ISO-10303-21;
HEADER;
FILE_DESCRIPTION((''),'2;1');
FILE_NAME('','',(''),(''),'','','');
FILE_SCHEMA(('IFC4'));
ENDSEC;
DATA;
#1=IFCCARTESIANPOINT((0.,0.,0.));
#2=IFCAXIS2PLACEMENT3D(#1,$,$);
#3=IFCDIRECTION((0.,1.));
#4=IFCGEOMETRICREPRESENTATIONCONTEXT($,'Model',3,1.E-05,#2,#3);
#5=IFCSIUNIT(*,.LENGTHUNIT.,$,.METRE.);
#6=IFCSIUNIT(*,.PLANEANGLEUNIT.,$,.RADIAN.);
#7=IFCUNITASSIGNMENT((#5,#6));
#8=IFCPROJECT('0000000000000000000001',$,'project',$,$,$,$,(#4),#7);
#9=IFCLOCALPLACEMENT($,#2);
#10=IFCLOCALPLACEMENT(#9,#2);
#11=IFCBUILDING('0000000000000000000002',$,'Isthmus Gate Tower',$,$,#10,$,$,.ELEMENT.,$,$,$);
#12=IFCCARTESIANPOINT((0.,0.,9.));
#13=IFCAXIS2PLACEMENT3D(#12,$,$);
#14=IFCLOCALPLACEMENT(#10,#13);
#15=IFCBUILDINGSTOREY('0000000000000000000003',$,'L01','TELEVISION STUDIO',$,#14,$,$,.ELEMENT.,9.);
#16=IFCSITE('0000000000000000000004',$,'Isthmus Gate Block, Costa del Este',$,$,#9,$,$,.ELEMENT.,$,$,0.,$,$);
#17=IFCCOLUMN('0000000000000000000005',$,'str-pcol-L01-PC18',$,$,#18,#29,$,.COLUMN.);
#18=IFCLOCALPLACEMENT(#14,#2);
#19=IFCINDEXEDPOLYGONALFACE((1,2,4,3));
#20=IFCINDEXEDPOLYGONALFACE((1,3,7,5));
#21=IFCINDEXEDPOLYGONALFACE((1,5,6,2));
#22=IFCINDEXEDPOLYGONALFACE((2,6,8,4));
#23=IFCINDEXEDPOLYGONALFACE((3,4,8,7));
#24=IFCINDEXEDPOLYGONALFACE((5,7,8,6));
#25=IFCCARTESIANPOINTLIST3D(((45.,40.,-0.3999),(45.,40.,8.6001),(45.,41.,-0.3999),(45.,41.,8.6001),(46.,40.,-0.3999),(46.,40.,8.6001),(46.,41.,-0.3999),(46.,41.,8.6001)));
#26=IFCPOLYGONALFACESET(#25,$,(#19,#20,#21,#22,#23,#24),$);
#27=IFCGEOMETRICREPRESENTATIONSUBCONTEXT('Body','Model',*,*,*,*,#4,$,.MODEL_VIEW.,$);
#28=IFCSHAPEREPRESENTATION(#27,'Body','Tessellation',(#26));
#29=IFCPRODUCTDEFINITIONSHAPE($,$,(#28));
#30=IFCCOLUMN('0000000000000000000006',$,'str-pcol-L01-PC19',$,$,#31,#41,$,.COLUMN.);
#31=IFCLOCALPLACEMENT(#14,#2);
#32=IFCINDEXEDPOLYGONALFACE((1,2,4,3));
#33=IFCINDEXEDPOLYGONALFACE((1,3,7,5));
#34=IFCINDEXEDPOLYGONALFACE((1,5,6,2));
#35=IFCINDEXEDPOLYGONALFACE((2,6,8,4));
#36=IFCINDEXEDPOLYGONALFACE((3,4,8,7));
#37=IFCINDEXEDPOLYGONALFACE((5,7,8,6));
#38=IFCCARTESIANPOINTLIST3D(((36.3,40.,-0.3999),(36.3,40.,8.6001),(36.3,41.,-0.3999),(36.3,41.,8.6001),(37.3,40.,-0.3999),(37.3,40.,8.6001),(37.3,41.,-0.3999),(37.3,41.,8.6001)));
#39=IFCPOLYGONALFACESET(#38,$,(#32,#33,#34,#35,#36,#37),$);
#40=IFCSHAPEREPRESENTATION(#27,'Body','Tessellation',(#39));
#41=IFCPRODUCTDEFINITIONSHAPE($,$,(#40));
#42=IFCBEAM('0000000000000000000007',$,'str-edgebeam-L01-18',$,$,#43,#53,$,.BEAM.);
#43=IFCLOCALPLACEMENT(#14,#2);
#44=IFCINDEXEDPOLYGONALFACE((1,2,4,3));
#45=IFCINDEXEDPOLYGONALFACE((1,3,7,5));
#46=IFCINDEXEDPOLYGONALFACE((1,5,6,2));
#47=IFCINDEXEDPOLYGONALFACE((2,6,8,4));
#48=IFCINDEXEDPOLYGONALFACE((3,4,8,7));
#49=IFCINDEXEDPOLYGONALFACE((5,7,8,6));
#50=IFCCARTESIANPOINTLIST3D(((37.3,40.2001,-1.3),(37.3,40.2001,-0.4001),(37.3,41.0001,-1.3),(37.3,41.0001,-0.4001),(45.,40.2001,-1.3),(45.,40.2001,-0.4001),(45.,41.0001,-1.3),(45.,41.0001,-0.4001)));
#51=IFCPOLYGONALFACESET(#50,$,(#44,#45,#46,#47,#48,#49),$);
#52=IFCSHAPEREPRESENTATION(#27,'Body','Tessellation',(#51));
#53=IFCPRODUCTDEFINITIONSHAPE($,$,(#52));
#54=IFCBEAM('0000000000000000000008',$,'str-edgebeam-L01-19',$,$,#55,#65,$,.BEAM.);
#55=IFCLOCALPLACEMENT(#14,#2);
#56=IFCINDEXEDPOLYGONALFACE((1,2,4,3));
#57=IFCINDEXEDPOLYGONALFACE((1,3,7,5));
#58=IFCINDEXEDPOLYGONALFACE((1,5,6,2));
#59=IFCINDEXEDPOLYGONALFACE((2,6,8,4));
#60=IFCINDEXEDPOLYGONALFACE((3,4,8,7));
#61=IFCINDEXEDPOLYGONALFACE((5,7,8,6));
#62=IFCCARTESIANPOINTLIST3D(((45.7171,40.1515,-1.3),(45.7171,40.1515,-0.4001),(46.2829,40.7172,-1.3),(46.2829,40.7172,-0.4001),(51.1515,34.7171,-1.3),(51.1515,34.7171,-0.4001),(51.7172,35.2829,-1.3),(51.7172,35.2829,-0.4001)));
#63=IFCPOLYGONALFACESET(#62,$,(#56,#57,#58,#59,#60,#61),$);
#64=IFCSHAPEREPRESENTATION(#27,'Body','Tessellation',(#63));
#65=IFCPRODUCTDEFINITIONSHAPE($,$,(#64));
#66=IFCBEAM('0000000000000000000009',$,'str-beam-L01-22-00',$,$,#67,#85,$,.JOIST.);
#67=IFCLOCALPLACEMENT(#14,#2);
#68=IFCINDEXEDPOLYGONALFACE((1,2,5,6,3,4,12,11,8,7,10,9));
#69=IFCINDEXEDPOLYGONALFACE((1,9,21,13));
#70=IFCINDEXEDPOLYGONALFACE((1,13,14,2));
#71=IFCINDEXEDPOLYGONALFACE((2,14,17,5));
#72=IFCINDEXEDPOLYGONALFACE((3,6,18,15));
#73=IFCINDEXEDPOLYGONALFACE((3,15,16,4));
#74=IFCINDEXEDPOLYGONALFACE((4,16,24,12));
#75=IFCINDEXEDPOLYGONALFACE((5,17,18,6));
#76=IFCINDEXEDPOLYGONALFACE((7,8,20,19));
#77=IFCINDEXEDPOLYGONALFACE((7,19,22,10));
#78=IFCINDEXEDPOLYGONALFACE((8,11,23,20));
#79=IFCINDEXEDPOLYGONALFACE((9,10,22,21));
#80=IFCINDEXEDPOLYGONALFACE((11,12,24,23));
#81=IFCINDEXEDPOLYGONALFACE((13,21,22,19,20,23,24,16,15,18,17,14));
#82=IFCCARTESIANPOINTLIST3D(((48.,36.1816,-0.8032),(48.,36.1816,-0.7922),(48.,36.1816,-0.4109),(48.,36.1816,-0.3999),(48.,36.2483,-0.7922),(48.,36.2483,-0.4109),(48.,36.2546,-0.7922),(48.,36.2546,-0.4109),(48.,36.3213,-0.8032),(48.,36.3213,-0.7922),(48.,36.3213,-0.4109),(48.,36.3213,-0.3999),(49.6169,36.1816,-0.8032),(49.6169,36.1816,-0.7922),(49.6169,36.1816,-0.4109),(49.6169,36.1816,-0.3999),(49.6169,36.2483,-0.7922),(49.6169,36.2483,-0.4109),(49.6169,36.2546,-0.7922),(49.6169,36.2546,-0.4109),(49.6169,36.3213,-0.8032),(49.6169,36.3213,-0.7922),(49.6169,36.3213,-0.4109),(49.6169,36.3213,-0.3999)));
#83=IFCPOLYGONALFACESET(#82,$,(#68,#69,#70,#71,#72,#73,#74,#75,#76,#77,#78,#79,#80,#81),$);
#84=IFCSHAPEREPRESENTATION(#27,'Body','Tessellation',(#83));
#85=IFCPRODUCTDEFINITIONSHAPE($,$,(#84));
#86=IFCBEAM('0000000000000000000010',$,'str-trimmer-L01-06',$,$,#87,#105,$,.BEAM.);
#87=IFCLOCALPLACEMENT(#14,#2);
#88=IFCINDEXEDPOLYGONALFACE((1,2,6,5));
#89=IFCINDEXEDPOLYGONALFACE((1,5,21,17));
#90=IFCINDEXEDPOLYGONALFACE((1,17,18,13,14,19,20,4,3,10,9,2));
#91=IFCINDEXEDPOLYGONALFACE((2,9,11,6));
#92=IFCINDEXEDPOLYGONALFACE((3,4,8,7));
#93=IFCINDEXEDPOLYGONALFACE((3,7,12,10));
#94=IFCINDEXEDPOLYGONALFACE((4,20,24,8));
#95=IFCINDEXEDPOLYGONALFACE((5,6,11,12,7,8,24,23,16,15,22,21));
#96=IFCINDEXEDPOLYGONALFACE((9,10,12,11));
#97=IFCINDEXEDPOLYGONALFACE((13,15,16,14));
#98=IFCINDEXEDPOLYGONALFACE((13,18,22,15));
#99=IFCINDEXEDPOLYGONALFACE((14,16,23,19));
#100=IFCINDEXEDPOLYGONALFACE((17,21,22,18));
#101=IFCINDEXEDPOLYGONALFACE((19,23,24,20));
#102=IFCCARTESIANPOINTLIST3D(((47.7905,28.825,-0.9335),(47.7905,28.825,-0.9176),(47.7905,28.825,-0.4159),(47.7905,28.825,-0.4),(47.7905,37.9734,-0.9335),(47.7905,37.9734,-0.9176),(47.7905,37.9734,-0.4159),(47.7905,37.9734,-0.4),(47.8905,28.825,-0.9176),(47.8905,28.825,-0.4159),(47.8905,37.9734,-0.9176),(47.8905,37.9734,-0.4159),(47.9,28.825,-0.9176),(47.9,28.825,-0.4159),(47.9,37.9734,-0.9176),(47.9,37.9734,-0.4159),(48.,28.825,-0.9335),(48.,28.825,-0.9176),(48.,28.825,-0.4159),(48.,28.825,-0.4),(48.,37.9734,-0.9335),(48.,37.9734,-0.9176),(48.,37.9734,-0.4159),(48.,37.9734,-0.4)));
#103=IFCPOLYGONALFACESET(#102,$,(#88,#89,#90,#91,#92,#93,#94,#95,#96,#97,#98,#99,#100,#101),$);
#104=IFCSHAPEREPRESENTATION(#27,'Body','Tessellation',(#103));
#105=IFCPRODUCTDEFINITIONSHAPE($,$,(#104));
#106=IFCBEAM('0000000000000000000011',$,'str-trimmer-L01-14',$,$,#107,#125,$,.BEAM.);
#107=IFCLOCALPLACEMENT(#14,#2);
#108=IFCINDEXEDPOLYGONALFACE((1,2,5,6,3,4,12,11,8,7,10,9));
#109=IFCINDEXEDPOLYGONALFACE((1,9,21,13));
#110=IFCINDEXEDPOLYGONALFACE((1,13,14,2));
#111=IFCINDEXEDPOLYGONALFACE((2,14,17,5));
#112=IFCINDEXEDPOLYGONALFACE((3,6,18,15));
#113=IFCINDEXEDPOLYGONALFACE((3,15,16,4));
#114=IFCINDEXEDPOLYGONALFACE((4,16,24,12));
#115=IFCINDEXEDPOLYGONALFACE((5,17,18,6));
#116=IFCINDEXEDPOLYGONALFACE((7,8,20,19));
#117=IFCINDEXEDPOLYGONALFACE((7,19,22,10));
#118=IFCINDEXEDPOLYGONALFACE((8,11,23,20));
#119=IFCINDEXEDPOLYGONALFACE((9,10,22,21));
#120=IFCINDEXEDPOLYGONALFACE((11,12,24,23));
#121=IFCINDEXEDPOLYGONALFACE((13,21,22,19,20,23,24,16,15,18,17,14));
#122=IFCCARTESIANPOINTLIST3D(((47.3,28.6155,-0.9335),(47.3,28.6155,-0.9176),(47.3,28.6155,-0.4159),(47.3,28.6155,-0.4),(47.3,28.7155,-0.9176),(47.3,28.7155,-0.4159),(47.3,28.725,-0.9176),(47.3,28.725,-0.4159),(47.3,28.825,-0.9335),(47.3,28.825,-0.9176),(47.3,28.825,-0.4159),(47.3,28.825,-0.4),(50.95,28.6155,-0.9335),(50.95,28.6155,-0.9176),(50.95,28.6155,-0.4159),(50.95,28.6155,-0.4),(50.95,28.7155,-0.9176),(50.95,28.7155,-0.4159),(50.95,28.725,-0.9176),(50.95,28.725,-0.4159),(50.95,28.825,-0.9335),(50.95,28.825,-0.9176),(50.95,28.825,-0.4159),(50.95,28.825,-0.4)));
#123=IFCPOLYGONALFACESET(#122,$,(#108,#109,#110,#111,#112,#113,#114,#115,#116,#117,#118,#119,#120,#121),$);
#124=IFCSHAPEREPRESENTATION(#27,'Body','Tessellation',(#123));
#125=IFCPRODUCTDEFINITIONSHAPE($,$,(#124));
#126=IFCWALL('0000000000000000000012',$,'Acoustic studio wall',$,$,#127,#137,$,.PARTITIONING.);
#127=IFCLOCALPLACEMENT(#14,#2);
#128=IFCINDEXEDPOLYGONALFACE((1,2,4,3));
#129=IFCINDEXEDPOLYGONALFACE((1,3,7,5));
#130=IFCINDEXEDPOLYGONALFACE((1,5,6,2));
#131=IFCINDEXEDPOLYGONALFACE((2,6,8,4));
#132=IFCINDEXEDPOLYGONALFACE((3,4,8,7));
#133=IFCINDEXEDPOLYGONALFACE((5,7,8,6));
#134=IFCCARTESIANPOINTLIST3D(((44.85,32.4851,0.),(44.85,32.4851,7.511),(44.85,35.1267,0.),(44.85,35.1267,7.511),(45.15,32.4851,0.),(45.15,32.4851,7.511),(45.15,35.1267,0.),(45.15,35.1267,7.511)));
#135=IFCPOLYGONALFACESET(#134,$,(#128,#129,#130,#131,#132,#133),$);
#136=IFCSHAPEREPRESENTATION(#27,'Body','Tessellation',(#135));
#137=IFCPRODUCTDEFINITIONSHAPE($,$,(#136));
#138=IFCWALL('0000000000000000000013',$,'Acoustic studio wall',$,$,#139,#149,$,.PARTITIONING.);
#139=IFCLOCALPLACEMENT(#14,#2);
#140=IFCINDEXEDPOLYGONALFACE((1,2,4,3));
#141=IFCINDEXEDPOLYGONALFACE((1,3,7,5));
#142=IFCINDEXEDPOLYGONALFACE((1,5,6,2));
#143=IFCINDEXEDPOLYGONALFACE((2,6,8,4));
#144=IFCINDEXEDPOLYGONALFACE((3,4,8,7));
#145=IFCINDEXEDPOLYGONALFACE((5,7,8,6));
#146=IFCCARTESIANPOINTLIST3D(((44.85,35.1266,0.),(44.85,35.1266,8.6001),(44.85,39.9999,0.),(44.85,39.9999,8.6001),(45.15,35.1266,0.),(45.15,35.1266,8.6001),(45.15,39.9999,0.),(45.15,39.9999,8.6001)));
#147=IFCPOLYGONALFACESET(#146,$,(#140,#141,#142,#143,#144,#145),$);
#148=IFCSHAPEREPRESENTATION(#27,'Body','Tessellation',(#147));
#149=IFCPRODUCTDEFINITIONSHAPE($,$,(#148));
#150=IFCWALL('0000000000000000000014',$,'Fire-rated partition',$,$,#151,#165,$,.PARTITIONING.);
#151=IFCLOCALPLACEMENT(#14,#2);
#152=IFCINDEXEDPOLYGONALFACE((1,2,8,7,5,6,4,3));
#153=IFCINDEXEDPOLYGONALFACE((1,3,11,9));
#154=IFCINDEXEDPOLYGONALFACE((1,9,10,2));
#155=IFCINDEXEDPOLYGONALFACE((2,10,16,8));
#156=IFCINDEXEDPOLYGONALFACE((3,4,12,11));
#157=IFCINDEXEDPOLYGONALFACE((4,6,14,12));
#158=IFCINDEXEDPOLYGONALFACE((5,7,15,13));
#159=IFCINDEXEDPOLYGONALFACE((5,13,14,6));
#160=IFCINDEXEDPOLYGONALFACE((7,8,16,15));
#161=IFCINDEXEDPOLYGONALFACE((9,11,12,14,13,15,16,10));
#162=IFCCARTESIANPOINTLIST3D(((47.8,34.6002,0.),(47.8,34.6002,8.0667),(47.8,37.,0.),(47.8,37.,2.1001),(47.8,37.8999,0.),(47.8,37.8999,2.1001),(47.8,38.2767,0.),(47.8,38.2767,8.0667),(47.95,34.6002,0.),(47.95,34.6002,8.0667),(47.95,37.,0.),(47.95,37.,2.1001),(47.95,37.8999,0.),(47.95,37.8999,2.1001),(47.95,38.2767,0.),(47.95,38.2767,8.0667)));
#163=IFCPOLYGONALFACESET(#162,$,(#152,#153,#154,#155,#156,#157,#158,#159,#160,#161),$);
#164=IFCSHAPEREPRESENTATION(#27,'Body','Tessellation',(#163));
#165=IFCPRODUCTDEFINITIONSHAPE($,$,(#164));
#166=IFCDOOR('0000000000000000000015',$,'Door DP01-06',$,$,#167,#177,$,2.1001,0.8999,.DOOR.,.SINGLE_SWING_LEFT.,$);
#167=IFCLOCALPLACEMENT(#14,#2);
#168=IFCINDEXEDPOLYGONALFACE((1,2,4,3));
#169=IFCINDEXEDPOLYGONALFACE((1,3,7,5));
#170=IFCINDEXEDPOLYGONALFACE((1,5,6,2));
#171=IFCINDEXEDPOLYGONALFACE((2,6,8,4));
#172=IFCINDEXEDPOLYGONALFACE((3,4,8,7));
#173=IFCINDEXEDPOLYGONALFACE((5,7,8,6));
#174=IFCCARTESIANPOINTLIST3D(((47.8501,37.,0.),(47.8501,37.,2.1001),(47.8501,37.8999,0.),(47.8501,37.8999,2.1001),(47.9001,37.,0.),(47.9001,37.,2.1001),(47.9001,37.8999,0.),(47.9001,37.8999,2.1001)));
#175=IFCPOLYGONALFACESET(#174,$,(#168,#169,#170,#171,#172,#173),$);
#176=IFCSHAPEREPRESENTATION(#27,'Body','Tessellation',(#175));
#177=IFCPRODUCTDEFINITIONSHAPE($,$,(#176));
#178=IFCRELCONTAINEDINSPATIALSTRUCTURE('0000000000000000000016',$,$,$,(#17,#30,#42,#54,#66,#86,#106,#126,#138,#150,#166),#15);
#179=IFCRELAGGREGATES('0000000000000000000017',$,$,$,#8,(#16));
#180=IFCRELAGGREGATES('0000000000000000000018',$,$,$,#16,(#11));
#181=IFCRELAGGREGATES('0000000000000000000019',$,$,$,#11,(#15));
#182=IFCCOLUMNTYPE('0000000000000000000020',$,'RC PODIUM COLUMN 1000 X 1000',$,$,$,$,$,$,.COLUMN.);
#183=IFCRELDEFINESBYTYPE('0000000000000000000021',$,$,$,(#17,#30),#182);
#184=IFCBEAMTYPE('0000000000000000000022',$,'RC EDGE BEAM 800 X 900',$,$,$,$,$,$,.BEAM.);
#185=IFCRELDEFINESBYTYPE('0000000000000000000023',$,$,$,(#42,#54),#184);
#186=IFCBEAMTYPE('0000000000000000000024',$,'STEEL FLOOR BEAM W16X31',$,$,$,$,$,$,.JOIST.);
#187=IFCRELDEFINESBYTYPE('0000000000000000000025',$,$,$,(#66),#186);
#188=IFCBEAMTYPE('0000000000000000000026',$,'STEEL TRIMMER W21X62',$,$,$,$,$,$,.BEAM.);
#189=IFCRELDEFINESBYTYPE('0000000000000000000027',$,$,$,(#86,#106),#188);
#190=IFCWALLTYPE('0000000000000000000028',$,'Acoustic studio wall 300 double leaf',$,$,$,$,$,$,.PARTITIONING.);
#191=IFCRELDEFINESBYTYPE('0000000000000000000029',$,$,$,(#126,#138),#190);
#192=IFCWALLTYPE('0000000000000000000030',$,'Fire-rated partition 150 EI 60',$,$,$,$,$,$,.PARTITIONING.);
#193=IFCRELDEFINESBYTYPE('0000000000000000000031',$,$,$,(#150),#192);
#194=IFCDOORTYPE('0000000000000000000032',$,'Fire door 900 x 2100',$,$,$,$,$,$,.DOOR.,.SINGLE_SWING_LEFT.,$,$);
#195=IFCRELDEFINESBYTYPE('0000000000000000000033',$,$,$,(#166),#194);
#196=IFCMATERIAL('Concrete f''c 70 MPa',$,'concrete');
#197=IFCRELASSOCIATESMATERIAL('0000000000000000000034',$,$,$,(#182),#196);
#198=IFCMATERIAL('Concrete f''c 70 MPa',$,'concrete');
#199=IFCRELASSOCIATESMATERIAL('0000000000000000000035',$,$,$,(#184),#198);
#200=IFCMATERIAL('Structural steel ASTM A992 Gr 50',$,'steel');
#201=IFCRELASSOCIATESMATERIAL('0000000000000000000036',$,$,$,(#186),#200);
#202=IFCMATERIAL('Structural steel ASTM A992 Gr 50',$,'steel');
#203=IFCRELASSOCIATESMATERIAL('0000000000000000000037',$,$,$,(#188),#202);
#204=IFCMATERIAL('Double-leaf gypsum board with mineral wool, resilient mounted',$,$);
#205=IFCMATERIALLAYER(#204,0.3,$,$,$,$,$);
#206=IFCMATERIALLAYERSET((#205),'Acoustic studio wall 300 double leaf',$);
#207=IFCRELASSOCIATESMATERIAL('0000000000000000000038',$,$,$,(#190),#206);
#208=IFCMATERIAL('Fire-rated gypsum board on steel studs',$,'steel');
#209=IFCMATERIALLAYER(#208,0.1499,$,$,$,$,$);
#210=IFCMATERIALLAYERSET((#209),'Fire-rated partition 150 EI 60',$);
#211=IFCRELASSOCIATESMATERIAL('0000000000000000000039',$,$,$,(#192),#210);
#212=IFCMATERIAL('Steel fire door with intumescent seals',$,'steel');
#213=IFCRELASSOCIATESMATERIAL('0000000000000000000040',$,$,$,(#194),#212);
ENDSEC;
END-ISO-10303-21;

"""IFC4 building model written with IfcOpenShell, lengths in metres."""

from ifc_helpers import new_model, si_unit, direction, frame, frame_2d, origin, origin_2d, place, context, subcontext, project, spatial, rectangle, i_section, extrude, material, layer, layer_set, material_profile, profile_set, type_object, element, fill, save


model = new_model("IFC4")

# Units and contexts
model_context = context("Model", 3, precision=1e-05, world=origin(), true_north=direction((0.0, 1.0)))
body_context = subcontext(model_context, "Body", "Model", "MODEL_VIEW")
ifc_project = project(units=[si_unit("LENGTHUNIT", "METRE"), si_unit("PLANEANGLEUNIT", "RADIAN")], contexts=[model_context])

# Site, building, storey
site_placement = place(None, origin())
site = spatial("IfcSite", under=ifc_project, at=site_placement, Name="Isthmus Gate Block, Costa del Este", CompositionType="ELEMENT", RefElevation=0.0)
building_placement = place(site_placement, origin())
building = spatial("IfcBuilding", under=site, at=building_placement, Name="Isthmus Gate Tower", CompositionType="ELEMENT")
storey_placement = place(building_placement, frame((0.0, 0.0, 9.0)))
storey = spatial("IfcBuildingStorey", under=building, at=storey_placement, Name="L01", Description="TELEVISION STUDIO", CompositionType="ELEMENT", Elevation=9.0)

# Columns
ifc_material_1 = material(Name="Concrete f'c 70 MPa", Category="concrete")
ifc_material_profile_1 = material_profile(ifc_material_1, rectangle(XDim=1.0, YDim=1.0, at=origin_2d()), Name="RC 1000X1000")
ifc_profile_set_1 = profile_set([ifc_material_profile_1], Name="Concrete f'c 70 MPa")
column_type = type_object("IfcColumnType", Name="RC PODIUM COLUMN 1000 X 1000", PredefinedType="COLUMN", material=ifc_profile_set_1)
for number, where, z_axis, x_axis, name in (
    (1, (45.5, 40.5, -0.3999), (0.0, 0.0, 1.0), (-1.0, 0.0, 0.0), "str-pcol-L01-PC18"),
    (2, (36.8, 40.5, -0.3999), (0.0, 0.0, 1.0), (-1.0, 0.0, 0.0), "str-pcol-L01-PC19"),
):
    element("IfcColumn", number, at=place(storey_placement, frame(where, z_axis=z_axis, x_axis=x_axis)), inside=storey, type_object=column_type, Name=name, PredefinedType="COLUMN", context=body_context, shape_type="SweptSolid", body=[
        extrude(rectangle(XDim=1.0, YDim=1.0, at=origin_2d()), origin(), (0.0, 0.0, 1.0), 9.0),
    ])

# Beams
ifc_material_2 = material(Name="Concrete f'c 70 MPa", Category="concrete")
ifc_material_profile_2 = material_profile(ifc_material_2, rectangle(XDim=0.8, YDim=0.8999, at=origin_2d()), Name="RC 800X900")
ifc_profile_set_2 = profile_set([ifc_material_profile_2], Name="Concrete f'c 70 MPa")
beam_type_1 = type_object("IfcBeamType", Name="RC EDGE BEAM 800 X 900", PredefinedType="BEAM", material=ifc_profile_set_2)
beam_1_placement = place(storey_placement, frame((37.3, 40.6001, -0.8501), z_axis=(1.0, 0.0, 0.0), x_axis=(0.0, 1.0, 0.0)))
element("IfcBeam", 3, at=beam_1_placement, inside=storey, type_object=beam_type_1, Name="str-edgebeam-L01-18", PredefinedType="BEAM", context=body_context, shape_type="SweptSolid", body=[
    extrude(rectangle(XDim=0.8, YDim=0.8999, at=origin_2d()), origin(), (0.0, 0.0, 1.0), 7.7),
])
beam_2_placement = place(storey_placement, frame((46.0, 40.4343, -0.8501), z_axis=(0.707107, -0.707107, 0.0), x_axis=(0.707107, 0.707107, 0.0)))
element("IfcBeam", 4, at=beam_2_placement, inside=storey, type_object=beam_type_1, Name="str-edgebeam-L01-19", PredefinedType="BEAM", context=body_context, shape_type="SweptSolid", body=[
    extrude(rectangle(XDim=0.8, YDim=0.8999, at=origin_2d()), origin(), (0.0, 0.0, 1.0), 7.6853),
])
ifc_material_3 = material(Name="Structural steel ASTM A992 Gr 50", Category="steel")
ifc_material_profile_3 = material_profile(ifc_material_3, i_section(OverallWidth=0.1396, OverallDepth=0.4033, WebThickness=0.0063, FlangeThickness=0.011, at=origin_2d()), Name="W16X31")
ifc_profile_set_3 = profile_set([ifc_material_profile_3], Name="Structural steel ASTM A992 Gr 50")
beam_type_2 = type_object("IfcBeamType", Name="STEEL FLOOR BEAM W16X31", PredefinedType="JOIST", material=ifc_profile_set_3)
beam_3_placement = place(storey_placement, frame((48.0, 36.2515, -0.6016), z_axis=(1.0, 0.0, 0.0), x_axis=(0.0, 1.0, 0.0)))
element("IfcBeam", 5, at=beam_3_placement, inside=storey, type_object=beam_type_2, Name="str-beam-L01-22-00", PredefinedType="JOIST", context=body_context, shape_type="SweptSolid", body=[
    extrude(i_section(OverallWidth=0.1396, OverallDepth=0.4033, WebThickness=0.0063, FlangeThickness=0.011, at=origin_2d()), origin(), (0.0, 0.0, 1.0), 1.6169),
])
ifc_material_4 = material(Name="Structural steel ASTM A992 Gr 50", Category="steel")
ifc_material_profile_4 = material_profile(ifc_material_4, i_section(OverallWidth=0.2095, OverallDepth=0.5334, WebThickness=0.0095, FlangeThickness=0.0159, at=origin_2d()), Name="W21X62")
ifc_profile_set_4 = profile_set([ifc_material_profile_4], Name="Structural steel ASTM A992 Gr 50")
beam_type_3 = type_object("IfcBeamType", Name="STEEL TRIMMER W21X62", PredefinedType="BEAM", material=ifc_profile_set_4)
beam_4_placement = place(storey_placement, frame((47.8953, 37.9734, -0.6667), z_axis=(0.0, -1.0, 0.0), x_axis=(1.0, 0.0, 0.0)))
element("IfcBeam", 6, at=beam_4_placement, inside=storey, type_object=beam_type_3, Name="str-trimmer-L01-06", PredefinedType="BEAM", context=body_context, shape_type="SweptSolid", body=[
    extrude(i_section(OverallWidth=0.2095, OverallDepth=0.5334, WebThickness=0.0095, FlangeThickness=0.0159, at=origin_2d()), origin(), (0.0, 0.0, 1.0), 9.1484),
])
beam_5_placement = place(storey_placement, frame((47.3, 28.7202, -0.6667), z_axis=(1.0, 0.0, 0.0), x_axis=(0.0, 1.0, 0.0)))
element("IfcBeam", 7, at=beam_5_placement, inside=storey, type_object=beam_type_3, Name="str-trimmer-L01-14", PredefinedType="BEAM", context=body_context, shape_type="SweptSolid", body=[
    extrude(i_section(OverallWidth=0.2095, OverallDepth=0.5334, WebThickness=0.0095, FlangeThickness=0.0159, at=origin_2d()), origin(), (0.0, 0.0, 1.0), 3.6499),
])

# Walls
ifc_material_5 = material(Name="Double-leaf gypsum board with mineral wool, resilient mounted")
ifc_layer_1 = layer(ifc_material_5, 0.3)
ifc_layer_set_1 = layer_set([ifc_layer_1], Name="Acoustic studio wall 300 double leaf")
wall_type_1 = type_object("IfcWallType", Name="Acoustic studio wall 300 double leaf", PredefinedType="PARTITIONING", material=ifc_layer_set_1)
wall_1_placement = place(storey_placement, frame((45.0, 32.4851, 0.0), z_axis=(0.0, 0.0, 1.0), x_axis=(0.0, 1.0, 0.0)))
element("IfcWall", 8, at=wall_1_placement, inside=storey, type_object=wall_type_1, Name="Acoustic studio wall", PredefinedType="PARTITIONING", context=body_context, shape_type="SweptSolid", body=[
    extrude(rectangle(XDim=2.6416, YDim=0.3, at=frame_2d((1.3208, 0.0))), origin(), (0.0, 0.0, 1.0), 7.511),
])
wall_2_placement = place(storey_placement, frame((45.0, 35.1267, 0.0), z_axis=(0.0, 0.0, 1.0), x_axis=(0.0, 1.0, 0.0)))
element("IfcWall", 9, at=wall_2_placement, inside=storey, type_object=wall_type_1, Name="Acoustic studio wall", PredefinedType="PARTITIONING", context=body_context, shape_type="SweptSolid", body=[
    extrude(rectangle(XDim=4.8733, YDim=0.3, at=frame_2d((2.4365, 0.0))), origin(), (0.0, 0.0, 1.0), 8.6001),
])

# Wall, opening, door
ifc_material_6 = material(Name="Fire-rated gypsum board on steel studs", Category="steel")
ifc_layer_2 = layer(ifc_material_6, 0.1499)
ifc_layer_set_2 = layer_set([ifc_layer_2], Name="Fire-rated partition 150 EI 60")
wall_type_2 = type_object("IfcWallType", Name="Fire-rated partition 150 EI 60", PredefinedType="PARTITIONING", material=ifc_layer_set_2)
wall_3_placement = place(storey_placement, frame((47.875, 34.6001, 0.0), z_axis=(0.0, 0.0, 1.0), x_axis=(0.0, 1.0, 0.0)))
wall_3 = element("IfcWall", 10, at=wall_3_placement, inside=storey, type_object=wall_type_2, Name="Fire-rated partition", PredefinedType="PARTITIONING", context=body_context, shape_type="SweptSolid", body=[
    extrude(rectangle(XDim=3.6765, YDim=0.1499, at=frame_2d((1.8384, 0.0))), origin(), (0.0, 0.0, 1.0), 8.0667),
])
opening_1_placement = place(wall_3_placement, frame((2.3999, 0.0, 0.0)))
opening_1 = element("IfcOpeningElement", 11, at=opening_1_placement, cuts=wall_3, PredefinedType="OPENING", context=body_context, shape_type="SweptSolid", body=[
    extrude(rectangle(XDim=0.8999, YDim=2.1001, at=frame_2d((0.45, 1.05))), frame((0.0, 0.085, 0.0), z_axis=(0.0, -1.0, 0.0), x_axis=(1.0, 0.0, 0.0)), (0.0, 0.0, 1.0), 0.1699),
])
ifc_material_7 = material(Name="Steel fire door with intumescent seals", Category="steel")
door_type_1 = type_object("IfcDoorType", Name="Fire door 900 x 2100", OperationType="SINGLE_SWING_LEFT", PredefinedType="DOOR", material=ifc_material_7)
door_1_placement = place(opening_1_placement, origin())
door_1 = element("IfcDoor", 12, at=door_1_placement, inside=storey, type_object=door_type_1, Name="Door DP01-06", OperationType="SINGLE_SWING_LEFT", OverallHeight=2.1001, OverallWidth=0.8999, PredefinedType="DOOR", context=body_context, shape_type="SweptSolid", body=[
    extrude(rectangle(XDim=0.8999, YDim=2.1001, at=frame_2d((0.45, 1.05))), frame((0.0, 0.0249, 0.0), z_axis=(0.0, -1.0, 0.0), x_axis=(1.0, 0.0, 0.0)), (0.0, 0.0, 1.0), 0.05),
])
fill(opening_1, door_1)

save(model, "model.ifc")
